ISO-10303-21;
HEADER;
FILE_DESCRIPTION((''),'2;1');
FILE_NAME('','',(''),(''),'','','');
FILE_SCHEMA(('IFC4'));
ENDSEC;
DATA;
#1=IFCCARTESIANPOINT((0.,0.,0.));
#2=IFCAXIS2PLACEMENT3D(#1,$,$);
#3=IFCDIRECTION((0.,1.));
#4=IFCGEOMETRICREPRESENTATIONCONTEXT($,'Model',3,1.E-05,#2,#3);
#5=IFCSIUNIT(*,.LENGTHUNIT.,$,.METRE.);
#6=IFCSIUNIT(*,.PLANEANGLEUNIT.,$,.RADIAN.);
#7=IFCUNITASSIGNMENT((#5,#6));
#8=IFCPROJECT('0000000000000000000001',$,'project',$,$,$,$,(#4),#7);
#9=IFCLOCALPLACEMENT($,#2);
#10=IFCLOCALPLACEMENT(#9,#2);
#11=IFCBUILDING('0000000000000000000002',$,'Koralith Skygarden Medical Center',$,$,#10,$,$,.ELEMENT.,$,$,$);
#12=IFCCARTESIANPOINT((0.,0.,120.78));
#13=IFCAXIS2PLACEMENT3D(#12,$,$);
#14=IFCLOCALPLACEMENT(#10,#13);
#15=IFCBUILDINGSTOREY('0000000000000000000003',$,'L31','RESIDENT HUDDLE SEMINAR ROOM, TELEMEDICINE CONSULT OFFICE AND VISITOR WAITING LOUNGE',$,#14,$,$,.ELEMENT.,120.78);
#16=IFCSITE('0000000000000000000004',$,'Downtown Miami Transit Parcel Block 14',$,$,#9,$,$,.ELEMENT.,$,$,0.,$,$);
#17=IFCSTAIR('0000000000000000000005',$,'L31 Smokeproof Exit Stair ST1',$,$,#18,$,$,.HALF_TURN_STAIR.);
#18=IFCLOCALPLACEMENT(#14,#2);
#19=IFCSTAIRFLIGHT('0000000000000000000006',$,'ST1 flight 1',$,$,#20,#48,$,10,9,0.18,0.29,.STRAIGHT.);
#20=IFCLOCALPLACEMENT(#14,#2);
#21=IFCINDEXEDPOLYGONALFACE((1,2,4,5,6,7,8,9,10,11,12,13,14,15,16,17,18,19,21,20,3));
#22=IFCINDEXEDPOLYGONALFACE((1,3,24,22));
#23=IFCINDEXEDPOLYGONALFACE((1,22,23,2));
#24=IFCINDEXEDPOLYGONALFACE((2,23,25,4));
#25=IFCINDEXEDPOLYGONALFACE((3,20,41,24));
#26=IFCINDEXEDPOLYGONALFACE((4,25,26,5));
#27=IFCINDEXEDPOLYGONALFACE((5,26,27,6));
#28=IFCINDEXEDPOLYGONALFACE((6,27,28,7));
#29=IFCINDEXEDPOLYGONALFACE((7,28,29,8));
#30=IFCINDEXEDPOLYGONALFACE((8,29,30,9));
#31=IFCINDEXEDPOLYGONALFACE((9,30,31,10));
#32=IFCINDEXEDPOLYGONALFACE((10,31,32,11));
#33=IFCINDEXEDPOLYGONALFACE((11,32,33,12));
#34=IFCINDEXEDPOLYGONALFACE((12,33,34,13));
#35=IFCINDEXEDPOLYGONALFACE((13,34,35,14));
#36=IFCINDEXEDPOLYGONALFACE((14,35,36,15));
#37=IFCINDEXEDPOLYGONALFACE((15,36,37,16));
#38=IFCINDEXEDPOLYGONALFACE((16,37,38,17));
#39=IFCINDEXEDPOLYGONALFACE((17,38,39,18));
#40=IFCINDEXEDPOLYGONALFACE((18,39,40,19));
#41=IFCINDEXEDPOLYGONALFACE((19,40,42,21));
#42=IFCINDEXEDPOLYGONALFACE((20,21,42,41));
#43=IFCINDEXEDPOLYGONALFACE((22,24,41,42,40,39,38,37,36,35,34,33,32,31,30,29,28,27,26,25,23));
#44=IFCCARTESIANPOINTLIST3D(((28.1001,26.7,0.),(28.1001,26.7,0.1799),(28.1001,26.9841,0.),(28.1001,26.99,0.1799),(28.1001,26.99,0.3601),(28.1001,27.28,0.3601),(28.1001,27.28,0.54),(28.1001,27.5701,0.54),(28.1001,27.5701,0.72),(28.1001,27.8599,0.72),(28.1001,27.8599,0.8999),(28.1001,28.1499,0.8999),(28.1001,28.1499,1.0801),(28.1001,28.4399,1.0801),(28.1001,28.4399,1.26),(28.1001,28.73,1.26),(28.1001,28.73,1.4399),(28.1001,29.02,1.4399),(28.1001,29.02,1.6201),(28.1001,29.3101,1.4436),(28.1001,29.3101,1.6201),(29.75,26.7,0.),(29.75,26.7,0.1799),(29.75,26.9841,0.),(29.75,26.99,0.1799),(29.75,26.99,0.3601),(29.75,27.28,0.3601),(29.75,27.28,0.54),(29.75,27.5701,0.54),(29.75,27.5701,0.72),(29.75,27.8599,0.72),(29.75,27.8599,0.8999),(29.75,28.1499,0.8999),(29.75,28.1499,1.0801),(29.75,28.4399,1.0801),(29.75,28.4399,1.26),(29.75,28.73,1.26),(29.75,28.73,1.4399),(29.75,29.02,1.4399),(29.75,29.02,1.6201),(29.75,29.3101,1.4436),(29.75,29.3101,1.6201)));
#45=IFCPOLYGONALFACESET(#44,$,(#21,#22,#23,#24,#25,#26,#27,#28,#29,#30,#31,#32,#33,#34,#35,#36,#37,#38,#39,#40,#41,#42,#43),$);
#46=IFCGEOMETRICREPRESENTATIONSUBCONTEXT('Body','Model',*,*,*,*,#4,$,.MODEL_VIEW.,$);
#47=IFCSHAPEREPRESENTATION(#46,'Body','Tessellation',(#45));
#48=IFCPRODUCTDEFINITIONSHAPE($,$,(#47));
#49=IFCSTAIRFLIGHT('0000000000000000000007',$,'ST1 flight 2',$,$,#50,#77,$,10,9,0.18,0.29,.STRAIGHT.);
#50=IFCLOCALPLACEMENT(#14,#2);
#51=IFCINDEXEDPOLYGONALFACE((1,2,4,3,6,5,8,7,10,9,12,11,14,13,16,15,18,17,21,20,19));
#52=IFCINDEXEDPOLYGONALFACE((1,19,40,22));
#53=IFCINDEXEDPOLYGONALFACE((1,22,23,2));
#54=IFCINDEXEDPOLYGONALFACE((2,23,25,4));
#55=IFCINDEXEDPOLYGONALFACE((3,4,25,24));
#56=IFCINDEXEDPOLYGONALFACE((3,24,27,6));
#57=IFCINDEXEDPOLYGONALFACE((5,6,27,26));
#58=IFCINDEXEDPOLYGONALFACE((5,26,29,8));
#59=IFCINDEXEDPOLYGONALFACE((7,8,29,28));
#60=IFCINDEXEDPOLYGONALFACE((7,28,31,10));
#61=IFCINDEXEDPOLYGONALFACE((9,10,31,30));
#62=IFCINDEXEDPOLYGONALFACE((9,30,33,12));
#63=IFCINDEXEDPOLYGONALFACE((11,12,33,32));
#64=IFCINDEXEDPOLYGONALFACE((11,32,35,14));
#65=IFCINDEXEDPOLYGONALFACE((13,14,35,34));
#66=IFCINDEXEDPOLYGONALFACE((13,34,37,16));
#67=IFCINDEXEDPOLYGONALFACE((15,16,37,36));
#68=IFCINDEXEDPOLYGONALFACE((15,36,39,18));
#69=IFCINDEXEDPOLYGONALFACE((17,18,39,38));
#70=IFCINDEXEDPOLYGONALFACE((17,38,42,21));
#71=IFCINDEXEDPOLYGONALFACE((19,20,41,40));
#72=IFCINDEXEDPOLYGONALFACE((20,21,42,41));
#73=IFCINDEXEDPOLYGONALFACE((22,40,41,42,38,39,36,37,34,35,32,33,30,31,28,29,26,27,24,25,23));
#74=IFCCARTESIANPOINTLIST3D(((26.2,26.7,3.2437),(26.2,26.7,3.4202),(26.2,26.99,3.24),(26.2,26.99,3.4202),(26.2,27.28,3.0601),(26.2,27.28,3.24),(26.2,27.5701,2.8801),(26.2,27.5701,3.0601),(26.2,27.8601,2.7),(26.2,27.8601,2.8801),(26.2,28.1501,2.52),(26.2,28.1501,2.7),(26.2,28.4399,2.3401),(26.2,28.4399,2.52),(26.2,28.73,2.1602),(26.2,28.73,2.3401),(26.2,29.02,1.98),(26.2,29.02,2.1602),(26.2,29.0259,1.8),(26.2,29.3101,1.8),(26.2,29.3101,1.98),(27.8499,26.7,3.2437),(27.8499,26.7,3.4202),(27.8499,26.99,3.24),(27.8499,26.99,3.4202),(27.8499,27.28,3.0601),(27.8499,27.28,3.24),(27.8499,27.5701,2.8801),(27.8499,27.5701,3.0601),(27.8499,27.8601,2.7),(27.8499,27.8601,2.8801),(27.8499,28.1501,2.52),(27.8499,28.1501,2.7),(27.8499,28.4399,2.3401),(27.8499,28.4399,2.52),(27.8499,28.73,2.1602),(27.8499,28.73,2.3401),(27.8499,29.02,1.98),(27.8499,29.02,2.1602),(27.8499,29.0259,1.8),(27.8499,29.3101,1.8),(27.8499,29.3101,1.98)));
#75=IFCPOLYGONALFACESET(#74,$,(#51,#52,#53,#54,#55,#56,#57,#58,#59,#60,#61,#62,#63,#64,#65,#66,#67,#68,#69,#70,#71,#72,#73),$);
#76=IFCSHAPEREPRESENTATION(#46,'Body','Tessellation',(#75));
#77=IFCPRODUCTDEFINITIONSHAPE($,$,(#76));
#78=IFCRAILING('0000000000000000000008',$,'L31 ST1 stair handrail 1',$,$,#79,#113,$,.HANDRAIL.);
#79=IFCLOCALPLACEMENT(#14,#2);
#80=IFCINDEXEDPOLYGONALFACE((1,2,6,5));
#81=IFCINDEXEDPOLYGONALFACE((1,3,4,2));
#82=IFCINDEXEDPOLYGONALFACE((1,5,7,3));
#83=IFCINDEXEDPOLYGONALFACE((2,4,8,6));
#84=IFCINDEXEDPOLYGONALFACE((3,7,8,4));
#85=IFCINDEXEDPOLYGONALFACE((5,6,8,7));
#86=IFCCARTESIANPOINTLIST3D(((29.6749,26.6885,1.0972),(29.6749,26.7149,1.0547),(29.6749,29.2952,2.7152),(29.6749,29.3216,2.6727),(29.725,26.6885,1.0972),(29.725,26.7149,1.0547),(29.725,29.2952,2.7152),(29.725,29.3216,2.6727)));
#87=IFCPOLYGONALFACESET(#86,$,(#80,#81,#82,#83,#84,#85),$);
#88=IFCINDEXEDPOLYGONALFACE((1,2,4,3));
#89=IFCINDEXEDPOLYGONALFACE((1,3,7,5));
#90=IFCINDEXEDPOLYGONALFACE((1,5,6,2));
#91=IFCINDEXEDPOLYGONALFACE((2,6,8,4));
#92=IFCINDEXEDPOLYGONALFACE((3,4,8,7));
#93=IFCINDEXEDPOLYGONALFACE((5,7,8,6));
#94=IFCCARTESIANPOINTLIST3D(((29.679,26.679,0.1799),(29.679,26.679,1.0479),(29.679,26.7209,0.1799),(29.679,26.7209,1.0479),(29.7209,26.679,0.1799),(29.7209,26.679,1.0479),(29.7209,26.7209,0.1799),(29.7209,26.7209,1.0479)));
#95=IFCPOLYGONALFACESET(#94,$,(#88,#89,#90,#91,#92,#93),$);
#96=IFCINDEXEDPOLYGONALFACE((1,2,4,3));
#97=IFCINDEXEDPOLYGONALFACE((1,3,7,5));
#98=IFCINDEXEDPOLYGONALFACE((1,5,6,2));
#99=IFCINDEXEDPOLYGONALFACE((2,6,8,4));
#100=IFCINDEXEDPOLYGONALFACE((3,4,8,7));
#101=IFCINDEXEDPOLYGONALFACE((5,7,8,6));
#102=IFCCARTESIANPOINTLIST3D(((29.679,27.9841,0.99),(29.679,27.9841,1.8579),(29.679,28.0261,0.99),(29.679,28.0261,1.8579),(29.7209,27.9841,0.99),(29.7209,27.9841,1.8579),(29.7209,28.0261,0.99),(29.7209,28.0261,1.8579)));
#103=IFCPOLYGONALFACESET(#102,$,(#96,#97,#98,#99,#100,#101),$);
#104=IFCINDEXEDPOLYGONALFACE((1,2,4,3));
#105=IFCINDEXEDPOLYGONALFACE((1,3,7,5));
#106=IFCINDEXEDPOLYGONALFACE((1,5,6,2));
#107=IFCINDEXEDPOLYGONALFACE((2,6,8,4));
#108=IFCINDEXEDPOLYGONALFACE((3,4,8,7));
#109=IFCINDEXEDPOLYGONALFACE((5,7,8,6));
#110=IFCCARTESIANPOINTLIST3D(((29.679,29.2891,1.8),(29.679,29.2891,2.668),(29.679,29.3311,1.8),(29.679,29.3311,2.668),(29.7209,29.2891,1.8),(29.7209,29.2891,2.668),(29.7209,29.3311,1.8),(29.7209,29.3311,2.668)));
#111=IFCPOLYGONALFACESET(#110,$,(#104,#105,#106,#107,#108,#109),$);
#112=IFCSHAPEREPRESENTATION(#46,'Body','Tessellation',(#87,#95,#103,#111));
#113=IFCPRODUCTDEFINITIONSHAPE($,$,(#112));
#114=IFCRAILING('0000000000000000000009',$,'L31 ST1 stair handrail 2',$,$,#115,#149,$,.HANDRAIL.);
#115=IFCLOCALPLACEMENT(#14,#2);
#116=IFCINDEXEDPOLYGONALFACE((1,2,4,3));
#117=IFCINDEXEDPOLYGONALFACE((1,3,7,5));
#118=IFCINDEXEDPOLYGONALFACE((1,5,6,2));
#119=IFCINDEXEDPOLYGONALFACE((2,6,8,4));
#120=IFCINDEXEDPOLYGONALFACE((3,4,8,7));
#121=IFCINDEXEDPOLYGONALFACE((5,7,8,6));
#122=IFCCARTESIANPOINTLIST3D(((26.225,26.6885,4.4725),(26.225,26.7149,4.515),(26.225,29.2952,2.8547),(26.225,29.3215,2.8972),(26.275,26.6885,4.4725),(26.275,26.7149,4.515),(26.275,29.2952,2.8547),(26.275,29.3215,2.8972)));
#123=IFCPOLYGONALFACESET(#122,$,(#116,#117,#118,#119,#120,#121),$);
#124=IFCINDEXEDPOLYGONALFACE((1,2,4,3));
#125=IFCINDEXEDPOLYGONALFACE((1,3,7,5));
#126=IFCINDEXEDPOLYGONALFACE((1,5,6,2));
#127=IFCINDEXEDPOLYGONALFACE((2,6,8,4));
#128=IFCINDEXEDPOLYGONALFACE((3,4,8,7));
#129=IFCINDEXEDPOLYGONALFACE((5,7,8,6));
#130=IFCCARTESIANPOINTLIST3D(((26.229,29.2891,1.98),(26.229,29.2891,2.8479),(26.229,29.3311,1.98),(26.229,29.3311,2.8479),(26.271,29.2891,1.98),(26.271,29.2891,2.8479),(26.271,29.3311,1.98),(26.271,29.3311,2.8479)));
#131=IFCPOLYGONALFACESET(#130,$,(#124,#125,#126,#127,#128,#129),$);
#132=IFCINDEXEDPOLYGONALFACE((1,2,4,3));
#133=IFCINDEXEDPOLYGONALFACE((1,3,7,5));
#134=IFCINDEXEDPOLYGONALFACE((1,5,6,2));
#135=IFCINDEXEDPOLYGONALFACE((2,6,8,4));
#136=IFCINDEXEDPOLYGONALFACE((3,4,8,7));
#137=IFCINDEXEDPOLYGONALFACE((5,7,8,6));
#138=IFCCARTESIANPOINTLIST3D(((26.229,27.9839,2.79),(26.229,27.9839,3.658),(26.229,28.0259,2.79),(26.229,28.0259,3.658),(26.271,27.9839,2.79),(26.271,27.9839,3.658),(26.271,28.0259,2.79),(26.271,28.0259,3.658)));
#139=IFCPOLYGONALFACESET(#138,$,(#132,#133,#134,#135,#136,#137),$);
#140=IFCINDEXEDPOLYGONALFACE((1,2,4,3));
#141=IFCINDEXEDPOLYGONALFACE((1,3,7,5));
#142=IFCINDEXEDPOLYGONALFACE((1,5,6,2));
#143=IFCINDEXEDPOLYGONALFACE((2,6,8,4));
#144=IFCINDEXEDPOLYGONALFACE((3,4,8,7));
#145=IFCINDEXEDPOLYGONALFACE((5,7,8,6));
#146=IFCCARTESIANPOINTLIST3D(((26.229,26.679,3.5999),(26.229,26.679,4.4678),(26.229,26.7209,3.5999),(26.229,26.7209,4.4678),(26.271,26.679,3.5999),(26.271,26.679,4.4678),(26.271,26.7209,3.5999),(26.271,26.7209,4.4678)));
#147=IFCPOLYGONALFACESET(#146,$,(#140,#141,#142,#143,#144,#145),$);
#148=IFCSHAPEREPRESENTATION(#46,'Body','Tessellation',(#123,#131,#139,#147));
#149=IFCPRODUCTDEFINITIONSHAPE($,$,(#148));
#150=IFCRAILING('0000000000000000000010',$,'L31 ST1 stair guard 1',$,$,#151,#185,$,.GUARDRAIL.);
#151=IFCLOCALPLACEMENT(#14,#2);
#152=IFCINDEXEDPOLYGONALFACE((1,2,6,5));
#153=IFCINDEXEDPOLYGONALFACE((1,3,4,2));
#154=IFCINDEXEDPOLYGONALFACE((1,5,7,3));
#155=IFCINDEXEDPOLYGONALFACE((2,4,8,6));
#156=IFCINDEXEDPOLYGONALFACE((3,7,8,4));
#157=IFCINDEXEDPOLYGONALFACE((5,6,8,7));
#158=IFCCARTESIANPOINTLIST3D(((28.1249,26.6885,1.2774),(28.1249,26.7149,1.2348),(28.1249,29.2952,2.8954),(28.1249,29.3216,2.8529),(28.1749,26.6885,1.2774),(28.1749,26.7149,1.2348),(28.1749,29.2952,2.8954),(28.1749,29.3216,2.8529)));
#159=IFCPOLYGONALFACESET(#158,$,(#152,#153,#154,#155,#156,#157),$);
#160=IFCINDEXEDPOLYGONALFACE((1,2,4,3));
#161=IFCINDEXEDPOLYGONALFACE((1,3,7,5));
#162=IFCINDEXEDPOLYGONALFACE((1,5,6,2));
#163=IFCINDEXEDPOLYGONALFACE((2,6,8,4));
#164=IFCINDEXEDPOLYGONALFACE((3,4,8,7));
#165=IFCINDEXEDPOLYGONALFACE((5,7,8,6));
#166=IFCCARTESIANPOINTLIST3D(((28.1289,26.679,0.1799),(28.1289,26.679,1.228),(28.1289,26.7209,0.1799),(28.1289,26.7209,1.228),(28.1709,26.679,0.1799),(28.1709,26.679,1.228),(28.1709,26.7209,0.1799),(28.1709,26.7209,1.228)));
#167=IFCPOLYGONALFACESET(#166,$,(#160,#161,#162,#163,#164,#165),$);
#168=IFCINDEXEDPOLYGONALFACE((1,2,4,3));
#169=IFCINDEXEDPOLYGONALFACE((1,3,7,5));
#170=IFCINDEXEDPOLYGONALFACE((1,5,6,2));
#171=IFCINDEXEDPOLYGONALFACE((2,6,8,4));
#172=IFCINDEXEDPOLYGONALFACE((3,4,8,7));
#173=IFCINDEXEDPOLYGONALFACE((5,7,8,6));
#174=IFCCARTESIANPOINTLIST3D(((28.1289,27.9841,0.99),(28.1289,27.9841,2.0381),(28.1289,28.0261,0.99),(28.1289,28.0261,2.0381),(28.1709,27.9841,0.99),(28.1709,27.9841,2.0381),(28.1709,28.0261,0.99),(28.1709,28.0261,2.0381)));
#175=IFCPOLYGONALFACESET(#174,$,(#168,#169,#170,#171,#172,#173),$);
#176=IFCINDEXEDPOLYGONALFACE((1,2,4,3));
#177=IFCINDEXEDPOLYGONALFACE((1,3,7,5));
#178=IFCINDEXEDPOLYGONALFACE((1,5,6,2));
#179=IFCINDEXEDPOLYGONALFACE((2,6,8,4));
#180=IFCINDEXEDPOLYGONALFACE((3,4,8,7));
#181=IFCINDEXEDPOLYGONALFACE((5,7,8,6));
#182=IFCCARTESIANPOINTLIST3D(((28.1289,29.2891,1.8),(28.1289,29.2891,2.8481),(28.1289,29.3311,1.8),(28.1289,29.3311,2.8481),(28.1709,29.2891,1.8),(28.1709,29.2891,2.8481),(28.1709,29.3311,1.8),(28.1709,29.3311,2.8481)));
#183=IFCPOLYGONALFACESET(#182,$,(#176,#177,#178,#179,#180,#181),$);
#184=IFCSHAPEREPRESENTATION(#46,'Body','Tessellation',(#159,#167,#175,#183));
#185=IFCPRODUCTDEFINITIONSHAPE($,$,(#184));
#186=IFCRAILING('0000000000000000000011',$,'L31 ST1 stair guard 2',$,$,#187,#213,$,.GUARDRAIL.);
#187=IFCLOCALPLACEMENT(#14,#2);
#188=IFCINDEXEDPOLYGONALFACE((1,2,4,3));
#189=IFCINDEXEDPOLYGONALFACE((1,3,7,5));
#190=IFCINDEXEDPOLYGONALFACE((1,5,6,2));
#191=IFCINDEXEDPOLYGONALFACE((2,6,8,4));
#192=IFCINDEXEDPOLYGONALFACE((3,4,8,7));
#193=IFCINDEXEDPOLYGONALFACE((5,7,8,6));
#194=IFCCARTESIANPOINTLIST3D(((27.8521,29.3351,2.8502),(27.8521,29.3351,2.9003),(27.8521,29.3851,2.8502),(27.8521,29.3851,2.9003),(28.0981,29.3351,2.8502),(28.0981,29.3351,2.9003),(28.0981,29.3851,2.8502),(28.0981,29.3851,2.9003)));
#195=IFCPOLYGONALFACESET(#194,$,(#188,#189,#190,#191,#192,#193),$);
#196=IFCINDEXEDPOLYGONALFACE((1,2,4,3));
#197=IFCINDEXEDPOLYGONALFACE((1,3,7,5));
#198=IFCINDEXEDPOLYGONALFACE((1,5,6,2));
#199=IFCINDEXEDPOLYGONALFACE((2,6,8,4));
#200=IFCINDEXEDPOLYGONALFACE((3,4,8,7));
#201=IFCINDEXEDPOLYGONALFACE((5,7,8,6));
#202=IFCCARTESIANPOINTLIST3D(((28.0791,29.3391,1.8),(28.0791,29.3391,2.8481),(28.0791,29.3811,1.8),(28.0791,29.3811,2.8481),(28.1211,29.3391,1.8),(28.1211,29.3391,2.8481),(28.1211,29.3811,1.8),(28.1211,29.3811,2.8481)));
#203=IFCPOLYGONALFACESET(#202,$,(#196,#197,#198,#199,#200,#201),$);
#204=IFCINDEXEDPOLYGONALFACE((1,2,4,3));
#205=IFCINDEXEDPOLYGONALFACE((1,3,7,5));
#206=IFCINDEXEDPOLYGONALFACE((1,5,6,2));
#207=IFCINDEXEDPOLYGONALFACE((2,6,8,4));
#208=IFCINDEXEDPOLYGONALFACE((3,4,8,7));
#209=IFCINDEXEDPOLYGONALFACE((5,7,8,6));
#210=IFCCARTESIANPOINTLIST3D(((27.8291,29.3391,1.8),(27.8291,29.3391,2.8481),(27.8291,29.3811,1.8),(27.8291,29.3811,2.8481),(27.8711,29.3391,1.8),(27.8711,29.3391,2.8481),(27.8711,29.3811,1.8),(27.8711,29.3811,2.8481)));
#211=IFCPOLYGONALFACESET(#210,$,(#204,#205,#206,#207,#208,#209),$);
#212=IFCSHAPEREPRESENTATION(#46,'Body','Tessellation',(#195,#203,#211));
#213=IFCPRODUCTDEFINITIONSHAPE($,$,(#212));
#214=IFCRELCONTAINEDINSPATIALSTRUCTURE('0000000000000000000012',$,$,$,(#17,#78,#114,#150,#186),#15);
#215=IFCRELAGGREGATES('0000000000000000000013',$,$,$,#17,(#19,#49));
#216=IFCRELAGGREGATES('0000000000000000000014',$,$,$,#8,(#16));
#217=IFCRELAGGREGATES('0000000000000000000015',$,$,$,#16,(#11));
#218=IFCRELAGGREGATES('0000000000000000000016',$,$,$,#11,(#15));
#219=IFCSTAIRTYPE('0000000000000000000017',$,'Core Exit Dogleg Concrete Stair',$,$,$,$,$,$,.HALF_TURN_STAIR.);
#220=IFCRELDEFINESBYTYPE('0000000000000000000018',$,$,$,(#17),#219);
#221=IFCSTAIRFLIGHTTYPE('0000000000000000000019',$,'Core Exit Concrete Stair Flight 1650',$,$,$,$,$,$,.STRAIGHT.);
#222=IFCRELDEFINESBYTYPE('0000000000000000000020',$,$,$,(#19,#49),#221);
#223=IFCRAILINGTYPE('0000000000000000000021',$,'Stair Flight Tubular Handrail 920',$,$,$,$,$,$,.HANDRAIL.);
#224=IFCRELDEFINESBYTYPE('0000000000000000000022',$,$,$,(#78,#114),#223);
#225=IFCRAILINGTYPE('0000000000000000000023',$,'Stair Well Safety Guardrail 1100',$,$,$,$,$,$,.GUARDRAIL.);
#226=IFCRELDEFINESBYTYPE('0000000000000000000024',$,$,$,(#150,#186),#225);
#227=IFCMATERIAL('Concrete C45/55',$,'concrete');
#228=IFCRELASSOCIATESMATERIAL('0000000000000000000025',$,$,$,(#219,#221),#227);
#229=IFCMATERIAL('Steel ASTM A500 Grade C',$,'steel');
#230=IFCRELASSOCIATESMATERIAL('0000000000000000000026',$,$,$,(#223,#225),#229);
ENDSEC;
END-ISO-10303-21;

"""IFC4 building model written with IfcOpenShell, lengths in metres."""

from ifc_helpers import new_model, si_unit, direction, frame, origin, origin_2d, place, context, subcontext, project, spatial, polyline, rectangle, outline, extrude, material, type_object, element, aggregate, save


model = new_model("IFC4")

# Units and contexts
model_context = context("Model", 3, precision=1e-05, world=origin(), true_north=direction((0.0, 1.0)))
body_context = subcontext(model_context, "Body", "Model", "MODEL_VIEW")
ifc_project = project(units=[si_unit("LENGTHUNIT", "METRE"), si_unit("PLANEANGLEUNIT", "RADIAN")], contexts=[model_context])

# Site, building, storey
site_placement = place(None, origin())
site = spatial("IfcSite", under=ifc_project, at=site_placement, Name="Downtown Miami Transit Parcel Block 14", CompositionType="ELEMENT", RefElevation=0.0)
building_placement = place(site_placement, origin())
building = spatial("IfcBuilding", under=site, at=building_placement, Name="Koralith Skygarden Medical Center", CompositionType="ELEMENT")
storey_placement = place(building_placement, frame((0.0, 0.0, 120.78)))
storey = spatial("IfcBuildingStorey", under=building, at=storey_placement, Name="L31", Description="RESIDENT HUDDLE SEMINAR ROOM, TELEMEDICINE CONSULT OFFICE AND VISITOR WAITING LOUNGE", CompositionType="ELEMENT", Elevation=120.78)

# Shared definitions
ifc_material_1 = material(Name="Concrete C45/55", Category="concrete")

# Shared definitions
ifc_material_2 = material(Name="Steel ASTM A500 Grade C", Category="steel")

# Stair, stair flights
stair_type = type_object("IfcStairType", Name="Core Exit Dogleg Concrete Stair", PredefinedType="HALF_TURN_STAIR", material=ifc_material_1)
stair_placement = place(storey_placement, origin())
stair = element("IfcStair", 1, at=stair_placement, inside=storey, type_object=stair_type, Name="L31 Smokeproof Exit Stair ST1", PredefinedType="HALF_TURN_STAIR")
stair_flight_type = type_object("IfcStairFlightType", Name="Core Exit Concrete Stair Flight 1650", PredefinedType="STRAIGHT", material=ifc_material_1)
stair_flight_1_placement = place(storey_placement, frame((28.925, 26.7, 0.0), z_axis=(0.0, 0.0, 1.0), x_axis=(0.0, 1.0, 0.0)))
stair_flight_1 = element("IfcStairFlight", 2, at=stair_flight_1_placement, type_object=stair_flight_type, Name="ST1 flight 1", NumberOfRisers=10, NumberOfTreads=9, PredefinedType="STRAIGHT", RiserHeight=0.18, TreadLength=0.29, context=body_context, shape_type="SweptSolid", body=[
    extrude(outline(polyline([(0.0, 0.0), (0.0, 0.1799), (0.29, 0.1799), (0.29, 0.3601), (0.5801, 0.3601), (0.5801, 0.54), (0.8701, 0.54), (0.8701, 0.72), (1.1599, 0.72), (1.1599, 0.8999), (1.45, 0.8999), (1.45, 1.0801), (1.74, 1.0801), (1.74, 1.26), (2.03, 1.26), (2.03, 1.4399), (2.3201, 1.4399), (2.3201, 1.6201), (2.6101, 1.6201), (2.6101, 1.8), (2.6101, 1.4436), (0.2842, 0.0), (0.0, 0.0)])), frame((0.0, 0.825, 0.0), z_axis=(0.0, -1.0, 0.0), x_axis=(1.0, 0.0, 0.0)), (0.0, 0.0, 1.0), 1.6499),
])
stair_flight_2_placement = place(storey_placement, frame((27.0249, 29.3101, 1.8), z_axis=(0.0, 0.0, 1.0), x_axis=(0.0, -1.0, 0.0)))
stair_flight_2 = element("IfcStairFlight", 3, at=stair_flight_2_placement, type_object=stair_flight_type, Name="ST1 flight 2", NumberOfRisers=10, NumberOfTreads=9, PredefinedType="STRAIGHT", RiserHeight=0.18, TreadLength=0.29, context=body_context, shape_type="SweptSolid", body=[
    extrude(outline(polyline([(0.0, 0.0), (0.0, 0.1799), (0.29, 0.1799), (0.29, 0.3601), (0.5801, 0.3601), (0.5801, 0.54), (0.8701, 0.54), (0.8701, 0.72), (1.1599, 0.72), (1.1599, 0.8999), (1.45, 0.8999), (1.45, 1.0801), (1.74, 1.0801), (1.74, 1.26), (2.03, 1.26), (2.03, 1.4399), (2.3201, 1.4399), (2.3201, 1.6201), (2.6101, 1.6201), (2.6101, 1.8), (2.6101, 1.4436), (0.2842, 0.0), (0.0, 0.0)])), frame((0.0, 0.825, 0.0), z_axis=(0.0, -1.0, 0.0), x_axis=(1.0, 0.0, 0.0)), (0.0, 0.0, 1.0), 1.6499),
])
aggregate(stair, [stair_flight_1, stair_flight_2])

# Railings
railing_type_1 = type_object("IfcRailingType", Name="Stair Flight Tubular Handrail 920", PredefinedType="HANDRAIL", material=ifc_material_2)
railing_1_placement = place(storey_placement, frame((29.7, 26.7, 0.1799)))
element("IfcRailing", 4, at=railing_1_placement, inside=storey, type_object=railing_type_1, Name="L31 ST1 stair handrail 1", PredefinedType="HANDRAIL", context=body_context, shape_type="SweptSolid", body=[
    extrude(rectangle(XDim=0.05, YDim=0.05, at=origin_2d()), frame((0.0, 0.0017, 0.896), z_axis=(0.0, 0.849633, 0.527375), x_axis=(-1.0, 0.0, 0.0)), (0.0, 0.0, 1.0), 3.0681),
    extrude(rectangle(XDim=0.042, YDim=0.042, at=origin_2d()), origin(), (0.0, 0.0, 1.0), 0.8679),
    extrude(rectangle(XDim=0.042, YDim=0.042, at=origin_2d()), frame((0.0, 1.3052, 0.8101)), (0.0, 0.0, 1.0), 0.8679),
    extrude(rectangle(XDim=0.042, YDim=0.042, at=origin_2d()), frame((0.0, 2.6101, 1.6201)), (0.0, 0.0, 1.0), 0.8679),
])
railing_2_placement = place(storey_placement, frame((26.25, 29.3101, 1.98)))
element("IfcRailing", 5, at=railing_2_placement, inside=storey, type_object=railing_type_1, Name="L31 ST1 stair handrail 2", PredefinedType="HANDRAIL", context=body_context, shape_type="SweptSolid", body=[
    extrude(rectangle(XDim=0.05, YDim=0.05, at=origin_2d()), frame((0.0, -0.0017, 0.896), z_axis=(0.0, -0.849668, 0.527317), x_axis=(1.0, 0.0, 0.0)), (0.0, 0.0, 1.0), 3.0679),
    extrude(rectangle(XDim=0.042, YDim=0.042, at=origin_2d()), origin(), (0.0, 0.0, 1.0), 0.8679),
    extrude(rectangle(XDim=0.042, YDim=0.042, at=origin_2d()), frame((0.0, -1.3052, 0.8101)), (0.0, 0.0, 1.0), 0.8679),
    extrude(rectangle(XDim=0.042, YDim=0.042, at=origin_2d()), frame((0.0, -2.6101, 1.6199)), (0.0, 0.0, 1.0), 0.8679),
])
railing_type_2 = type_object("IfcRailingType", Name="Stair Well Safety Guardrail 1100", PredefinedType="GUARDRAIL", material=ifc_material_2)
railing_3_placement = place(storey_placement, frame((28.1499, 26.7, 0.1799)))
element("IfcRailing", 6, at=railing_3_placement, inside=storey, type_object=railing_type_2, Name="L31 ST1 stair guard 1", PredefinedType="GUARDRAIL", context=body_context, shape_type="SweptSolid", body=[
    extrude(rectangle(XDim=0.05, YDim=0.05, at=origin_2d()), frame((0.0, 0.0017, 1.0762), z_axis=(0.0, 0.849633, 0.527375), x_axis=(-1.0, 0.0, 0.0)), (0.0, 0.0, 1.0), 3.0681),
    extrude(rectangle(XDim=0.042, YDim=0.042, at=origin_2d()), origin(), (0.0, 0.0, 1.0), 1.0481),
    extrude(rectangle(XDim=0.042, YDim=0.042, at=origin_2d()), frame((0.0, 1.3052, 0.8101)), (0.0, 0.0, 1.0), 1.0481),
    extrude(rectangle(XDim=0.042, YDim=0.042, at=origin_2d()), frame((0.0, 2.6101, 1.6201)), (0.0, 0.0, 1.0), 1.0481),
])
railing_4_placement = place(storey_placement, frame((28.1001, 29.3601, 1.8)))
element("IfcRailing", 7, at=railing_4_placement, inside=storey, type_object=railing_type_2, Name="L31 ST1 stair guard 2", PredefinedType="GUARDRAIL", context=body_context, shape_type="SweptSolid", body=[
    extrude(rectangle(XDim=0.05, YDim=0.05, at=origin_2d()), frame((-0.002, 0.0, 1.0752), z_axis=(-1.0, 0.0, 0.0), x_axis=(0.0, -1.0, 0.0)), (0.0, 0.0, 1.0), 0.2461),
    extrude(rectangle(XDim=0.042, YDim=0.042, at=origin_2d()), origin(), (0.0, 0.0, 1.0), 1.0481),
    extrude(rectangle(XDim=0.042, YDim=0.042, at=origin_2d()), frame((-0.25, 0.0, 0.0)), (0.0, 0.0, 1.0), 1.0481),
])

save(model, "model.ifc")
